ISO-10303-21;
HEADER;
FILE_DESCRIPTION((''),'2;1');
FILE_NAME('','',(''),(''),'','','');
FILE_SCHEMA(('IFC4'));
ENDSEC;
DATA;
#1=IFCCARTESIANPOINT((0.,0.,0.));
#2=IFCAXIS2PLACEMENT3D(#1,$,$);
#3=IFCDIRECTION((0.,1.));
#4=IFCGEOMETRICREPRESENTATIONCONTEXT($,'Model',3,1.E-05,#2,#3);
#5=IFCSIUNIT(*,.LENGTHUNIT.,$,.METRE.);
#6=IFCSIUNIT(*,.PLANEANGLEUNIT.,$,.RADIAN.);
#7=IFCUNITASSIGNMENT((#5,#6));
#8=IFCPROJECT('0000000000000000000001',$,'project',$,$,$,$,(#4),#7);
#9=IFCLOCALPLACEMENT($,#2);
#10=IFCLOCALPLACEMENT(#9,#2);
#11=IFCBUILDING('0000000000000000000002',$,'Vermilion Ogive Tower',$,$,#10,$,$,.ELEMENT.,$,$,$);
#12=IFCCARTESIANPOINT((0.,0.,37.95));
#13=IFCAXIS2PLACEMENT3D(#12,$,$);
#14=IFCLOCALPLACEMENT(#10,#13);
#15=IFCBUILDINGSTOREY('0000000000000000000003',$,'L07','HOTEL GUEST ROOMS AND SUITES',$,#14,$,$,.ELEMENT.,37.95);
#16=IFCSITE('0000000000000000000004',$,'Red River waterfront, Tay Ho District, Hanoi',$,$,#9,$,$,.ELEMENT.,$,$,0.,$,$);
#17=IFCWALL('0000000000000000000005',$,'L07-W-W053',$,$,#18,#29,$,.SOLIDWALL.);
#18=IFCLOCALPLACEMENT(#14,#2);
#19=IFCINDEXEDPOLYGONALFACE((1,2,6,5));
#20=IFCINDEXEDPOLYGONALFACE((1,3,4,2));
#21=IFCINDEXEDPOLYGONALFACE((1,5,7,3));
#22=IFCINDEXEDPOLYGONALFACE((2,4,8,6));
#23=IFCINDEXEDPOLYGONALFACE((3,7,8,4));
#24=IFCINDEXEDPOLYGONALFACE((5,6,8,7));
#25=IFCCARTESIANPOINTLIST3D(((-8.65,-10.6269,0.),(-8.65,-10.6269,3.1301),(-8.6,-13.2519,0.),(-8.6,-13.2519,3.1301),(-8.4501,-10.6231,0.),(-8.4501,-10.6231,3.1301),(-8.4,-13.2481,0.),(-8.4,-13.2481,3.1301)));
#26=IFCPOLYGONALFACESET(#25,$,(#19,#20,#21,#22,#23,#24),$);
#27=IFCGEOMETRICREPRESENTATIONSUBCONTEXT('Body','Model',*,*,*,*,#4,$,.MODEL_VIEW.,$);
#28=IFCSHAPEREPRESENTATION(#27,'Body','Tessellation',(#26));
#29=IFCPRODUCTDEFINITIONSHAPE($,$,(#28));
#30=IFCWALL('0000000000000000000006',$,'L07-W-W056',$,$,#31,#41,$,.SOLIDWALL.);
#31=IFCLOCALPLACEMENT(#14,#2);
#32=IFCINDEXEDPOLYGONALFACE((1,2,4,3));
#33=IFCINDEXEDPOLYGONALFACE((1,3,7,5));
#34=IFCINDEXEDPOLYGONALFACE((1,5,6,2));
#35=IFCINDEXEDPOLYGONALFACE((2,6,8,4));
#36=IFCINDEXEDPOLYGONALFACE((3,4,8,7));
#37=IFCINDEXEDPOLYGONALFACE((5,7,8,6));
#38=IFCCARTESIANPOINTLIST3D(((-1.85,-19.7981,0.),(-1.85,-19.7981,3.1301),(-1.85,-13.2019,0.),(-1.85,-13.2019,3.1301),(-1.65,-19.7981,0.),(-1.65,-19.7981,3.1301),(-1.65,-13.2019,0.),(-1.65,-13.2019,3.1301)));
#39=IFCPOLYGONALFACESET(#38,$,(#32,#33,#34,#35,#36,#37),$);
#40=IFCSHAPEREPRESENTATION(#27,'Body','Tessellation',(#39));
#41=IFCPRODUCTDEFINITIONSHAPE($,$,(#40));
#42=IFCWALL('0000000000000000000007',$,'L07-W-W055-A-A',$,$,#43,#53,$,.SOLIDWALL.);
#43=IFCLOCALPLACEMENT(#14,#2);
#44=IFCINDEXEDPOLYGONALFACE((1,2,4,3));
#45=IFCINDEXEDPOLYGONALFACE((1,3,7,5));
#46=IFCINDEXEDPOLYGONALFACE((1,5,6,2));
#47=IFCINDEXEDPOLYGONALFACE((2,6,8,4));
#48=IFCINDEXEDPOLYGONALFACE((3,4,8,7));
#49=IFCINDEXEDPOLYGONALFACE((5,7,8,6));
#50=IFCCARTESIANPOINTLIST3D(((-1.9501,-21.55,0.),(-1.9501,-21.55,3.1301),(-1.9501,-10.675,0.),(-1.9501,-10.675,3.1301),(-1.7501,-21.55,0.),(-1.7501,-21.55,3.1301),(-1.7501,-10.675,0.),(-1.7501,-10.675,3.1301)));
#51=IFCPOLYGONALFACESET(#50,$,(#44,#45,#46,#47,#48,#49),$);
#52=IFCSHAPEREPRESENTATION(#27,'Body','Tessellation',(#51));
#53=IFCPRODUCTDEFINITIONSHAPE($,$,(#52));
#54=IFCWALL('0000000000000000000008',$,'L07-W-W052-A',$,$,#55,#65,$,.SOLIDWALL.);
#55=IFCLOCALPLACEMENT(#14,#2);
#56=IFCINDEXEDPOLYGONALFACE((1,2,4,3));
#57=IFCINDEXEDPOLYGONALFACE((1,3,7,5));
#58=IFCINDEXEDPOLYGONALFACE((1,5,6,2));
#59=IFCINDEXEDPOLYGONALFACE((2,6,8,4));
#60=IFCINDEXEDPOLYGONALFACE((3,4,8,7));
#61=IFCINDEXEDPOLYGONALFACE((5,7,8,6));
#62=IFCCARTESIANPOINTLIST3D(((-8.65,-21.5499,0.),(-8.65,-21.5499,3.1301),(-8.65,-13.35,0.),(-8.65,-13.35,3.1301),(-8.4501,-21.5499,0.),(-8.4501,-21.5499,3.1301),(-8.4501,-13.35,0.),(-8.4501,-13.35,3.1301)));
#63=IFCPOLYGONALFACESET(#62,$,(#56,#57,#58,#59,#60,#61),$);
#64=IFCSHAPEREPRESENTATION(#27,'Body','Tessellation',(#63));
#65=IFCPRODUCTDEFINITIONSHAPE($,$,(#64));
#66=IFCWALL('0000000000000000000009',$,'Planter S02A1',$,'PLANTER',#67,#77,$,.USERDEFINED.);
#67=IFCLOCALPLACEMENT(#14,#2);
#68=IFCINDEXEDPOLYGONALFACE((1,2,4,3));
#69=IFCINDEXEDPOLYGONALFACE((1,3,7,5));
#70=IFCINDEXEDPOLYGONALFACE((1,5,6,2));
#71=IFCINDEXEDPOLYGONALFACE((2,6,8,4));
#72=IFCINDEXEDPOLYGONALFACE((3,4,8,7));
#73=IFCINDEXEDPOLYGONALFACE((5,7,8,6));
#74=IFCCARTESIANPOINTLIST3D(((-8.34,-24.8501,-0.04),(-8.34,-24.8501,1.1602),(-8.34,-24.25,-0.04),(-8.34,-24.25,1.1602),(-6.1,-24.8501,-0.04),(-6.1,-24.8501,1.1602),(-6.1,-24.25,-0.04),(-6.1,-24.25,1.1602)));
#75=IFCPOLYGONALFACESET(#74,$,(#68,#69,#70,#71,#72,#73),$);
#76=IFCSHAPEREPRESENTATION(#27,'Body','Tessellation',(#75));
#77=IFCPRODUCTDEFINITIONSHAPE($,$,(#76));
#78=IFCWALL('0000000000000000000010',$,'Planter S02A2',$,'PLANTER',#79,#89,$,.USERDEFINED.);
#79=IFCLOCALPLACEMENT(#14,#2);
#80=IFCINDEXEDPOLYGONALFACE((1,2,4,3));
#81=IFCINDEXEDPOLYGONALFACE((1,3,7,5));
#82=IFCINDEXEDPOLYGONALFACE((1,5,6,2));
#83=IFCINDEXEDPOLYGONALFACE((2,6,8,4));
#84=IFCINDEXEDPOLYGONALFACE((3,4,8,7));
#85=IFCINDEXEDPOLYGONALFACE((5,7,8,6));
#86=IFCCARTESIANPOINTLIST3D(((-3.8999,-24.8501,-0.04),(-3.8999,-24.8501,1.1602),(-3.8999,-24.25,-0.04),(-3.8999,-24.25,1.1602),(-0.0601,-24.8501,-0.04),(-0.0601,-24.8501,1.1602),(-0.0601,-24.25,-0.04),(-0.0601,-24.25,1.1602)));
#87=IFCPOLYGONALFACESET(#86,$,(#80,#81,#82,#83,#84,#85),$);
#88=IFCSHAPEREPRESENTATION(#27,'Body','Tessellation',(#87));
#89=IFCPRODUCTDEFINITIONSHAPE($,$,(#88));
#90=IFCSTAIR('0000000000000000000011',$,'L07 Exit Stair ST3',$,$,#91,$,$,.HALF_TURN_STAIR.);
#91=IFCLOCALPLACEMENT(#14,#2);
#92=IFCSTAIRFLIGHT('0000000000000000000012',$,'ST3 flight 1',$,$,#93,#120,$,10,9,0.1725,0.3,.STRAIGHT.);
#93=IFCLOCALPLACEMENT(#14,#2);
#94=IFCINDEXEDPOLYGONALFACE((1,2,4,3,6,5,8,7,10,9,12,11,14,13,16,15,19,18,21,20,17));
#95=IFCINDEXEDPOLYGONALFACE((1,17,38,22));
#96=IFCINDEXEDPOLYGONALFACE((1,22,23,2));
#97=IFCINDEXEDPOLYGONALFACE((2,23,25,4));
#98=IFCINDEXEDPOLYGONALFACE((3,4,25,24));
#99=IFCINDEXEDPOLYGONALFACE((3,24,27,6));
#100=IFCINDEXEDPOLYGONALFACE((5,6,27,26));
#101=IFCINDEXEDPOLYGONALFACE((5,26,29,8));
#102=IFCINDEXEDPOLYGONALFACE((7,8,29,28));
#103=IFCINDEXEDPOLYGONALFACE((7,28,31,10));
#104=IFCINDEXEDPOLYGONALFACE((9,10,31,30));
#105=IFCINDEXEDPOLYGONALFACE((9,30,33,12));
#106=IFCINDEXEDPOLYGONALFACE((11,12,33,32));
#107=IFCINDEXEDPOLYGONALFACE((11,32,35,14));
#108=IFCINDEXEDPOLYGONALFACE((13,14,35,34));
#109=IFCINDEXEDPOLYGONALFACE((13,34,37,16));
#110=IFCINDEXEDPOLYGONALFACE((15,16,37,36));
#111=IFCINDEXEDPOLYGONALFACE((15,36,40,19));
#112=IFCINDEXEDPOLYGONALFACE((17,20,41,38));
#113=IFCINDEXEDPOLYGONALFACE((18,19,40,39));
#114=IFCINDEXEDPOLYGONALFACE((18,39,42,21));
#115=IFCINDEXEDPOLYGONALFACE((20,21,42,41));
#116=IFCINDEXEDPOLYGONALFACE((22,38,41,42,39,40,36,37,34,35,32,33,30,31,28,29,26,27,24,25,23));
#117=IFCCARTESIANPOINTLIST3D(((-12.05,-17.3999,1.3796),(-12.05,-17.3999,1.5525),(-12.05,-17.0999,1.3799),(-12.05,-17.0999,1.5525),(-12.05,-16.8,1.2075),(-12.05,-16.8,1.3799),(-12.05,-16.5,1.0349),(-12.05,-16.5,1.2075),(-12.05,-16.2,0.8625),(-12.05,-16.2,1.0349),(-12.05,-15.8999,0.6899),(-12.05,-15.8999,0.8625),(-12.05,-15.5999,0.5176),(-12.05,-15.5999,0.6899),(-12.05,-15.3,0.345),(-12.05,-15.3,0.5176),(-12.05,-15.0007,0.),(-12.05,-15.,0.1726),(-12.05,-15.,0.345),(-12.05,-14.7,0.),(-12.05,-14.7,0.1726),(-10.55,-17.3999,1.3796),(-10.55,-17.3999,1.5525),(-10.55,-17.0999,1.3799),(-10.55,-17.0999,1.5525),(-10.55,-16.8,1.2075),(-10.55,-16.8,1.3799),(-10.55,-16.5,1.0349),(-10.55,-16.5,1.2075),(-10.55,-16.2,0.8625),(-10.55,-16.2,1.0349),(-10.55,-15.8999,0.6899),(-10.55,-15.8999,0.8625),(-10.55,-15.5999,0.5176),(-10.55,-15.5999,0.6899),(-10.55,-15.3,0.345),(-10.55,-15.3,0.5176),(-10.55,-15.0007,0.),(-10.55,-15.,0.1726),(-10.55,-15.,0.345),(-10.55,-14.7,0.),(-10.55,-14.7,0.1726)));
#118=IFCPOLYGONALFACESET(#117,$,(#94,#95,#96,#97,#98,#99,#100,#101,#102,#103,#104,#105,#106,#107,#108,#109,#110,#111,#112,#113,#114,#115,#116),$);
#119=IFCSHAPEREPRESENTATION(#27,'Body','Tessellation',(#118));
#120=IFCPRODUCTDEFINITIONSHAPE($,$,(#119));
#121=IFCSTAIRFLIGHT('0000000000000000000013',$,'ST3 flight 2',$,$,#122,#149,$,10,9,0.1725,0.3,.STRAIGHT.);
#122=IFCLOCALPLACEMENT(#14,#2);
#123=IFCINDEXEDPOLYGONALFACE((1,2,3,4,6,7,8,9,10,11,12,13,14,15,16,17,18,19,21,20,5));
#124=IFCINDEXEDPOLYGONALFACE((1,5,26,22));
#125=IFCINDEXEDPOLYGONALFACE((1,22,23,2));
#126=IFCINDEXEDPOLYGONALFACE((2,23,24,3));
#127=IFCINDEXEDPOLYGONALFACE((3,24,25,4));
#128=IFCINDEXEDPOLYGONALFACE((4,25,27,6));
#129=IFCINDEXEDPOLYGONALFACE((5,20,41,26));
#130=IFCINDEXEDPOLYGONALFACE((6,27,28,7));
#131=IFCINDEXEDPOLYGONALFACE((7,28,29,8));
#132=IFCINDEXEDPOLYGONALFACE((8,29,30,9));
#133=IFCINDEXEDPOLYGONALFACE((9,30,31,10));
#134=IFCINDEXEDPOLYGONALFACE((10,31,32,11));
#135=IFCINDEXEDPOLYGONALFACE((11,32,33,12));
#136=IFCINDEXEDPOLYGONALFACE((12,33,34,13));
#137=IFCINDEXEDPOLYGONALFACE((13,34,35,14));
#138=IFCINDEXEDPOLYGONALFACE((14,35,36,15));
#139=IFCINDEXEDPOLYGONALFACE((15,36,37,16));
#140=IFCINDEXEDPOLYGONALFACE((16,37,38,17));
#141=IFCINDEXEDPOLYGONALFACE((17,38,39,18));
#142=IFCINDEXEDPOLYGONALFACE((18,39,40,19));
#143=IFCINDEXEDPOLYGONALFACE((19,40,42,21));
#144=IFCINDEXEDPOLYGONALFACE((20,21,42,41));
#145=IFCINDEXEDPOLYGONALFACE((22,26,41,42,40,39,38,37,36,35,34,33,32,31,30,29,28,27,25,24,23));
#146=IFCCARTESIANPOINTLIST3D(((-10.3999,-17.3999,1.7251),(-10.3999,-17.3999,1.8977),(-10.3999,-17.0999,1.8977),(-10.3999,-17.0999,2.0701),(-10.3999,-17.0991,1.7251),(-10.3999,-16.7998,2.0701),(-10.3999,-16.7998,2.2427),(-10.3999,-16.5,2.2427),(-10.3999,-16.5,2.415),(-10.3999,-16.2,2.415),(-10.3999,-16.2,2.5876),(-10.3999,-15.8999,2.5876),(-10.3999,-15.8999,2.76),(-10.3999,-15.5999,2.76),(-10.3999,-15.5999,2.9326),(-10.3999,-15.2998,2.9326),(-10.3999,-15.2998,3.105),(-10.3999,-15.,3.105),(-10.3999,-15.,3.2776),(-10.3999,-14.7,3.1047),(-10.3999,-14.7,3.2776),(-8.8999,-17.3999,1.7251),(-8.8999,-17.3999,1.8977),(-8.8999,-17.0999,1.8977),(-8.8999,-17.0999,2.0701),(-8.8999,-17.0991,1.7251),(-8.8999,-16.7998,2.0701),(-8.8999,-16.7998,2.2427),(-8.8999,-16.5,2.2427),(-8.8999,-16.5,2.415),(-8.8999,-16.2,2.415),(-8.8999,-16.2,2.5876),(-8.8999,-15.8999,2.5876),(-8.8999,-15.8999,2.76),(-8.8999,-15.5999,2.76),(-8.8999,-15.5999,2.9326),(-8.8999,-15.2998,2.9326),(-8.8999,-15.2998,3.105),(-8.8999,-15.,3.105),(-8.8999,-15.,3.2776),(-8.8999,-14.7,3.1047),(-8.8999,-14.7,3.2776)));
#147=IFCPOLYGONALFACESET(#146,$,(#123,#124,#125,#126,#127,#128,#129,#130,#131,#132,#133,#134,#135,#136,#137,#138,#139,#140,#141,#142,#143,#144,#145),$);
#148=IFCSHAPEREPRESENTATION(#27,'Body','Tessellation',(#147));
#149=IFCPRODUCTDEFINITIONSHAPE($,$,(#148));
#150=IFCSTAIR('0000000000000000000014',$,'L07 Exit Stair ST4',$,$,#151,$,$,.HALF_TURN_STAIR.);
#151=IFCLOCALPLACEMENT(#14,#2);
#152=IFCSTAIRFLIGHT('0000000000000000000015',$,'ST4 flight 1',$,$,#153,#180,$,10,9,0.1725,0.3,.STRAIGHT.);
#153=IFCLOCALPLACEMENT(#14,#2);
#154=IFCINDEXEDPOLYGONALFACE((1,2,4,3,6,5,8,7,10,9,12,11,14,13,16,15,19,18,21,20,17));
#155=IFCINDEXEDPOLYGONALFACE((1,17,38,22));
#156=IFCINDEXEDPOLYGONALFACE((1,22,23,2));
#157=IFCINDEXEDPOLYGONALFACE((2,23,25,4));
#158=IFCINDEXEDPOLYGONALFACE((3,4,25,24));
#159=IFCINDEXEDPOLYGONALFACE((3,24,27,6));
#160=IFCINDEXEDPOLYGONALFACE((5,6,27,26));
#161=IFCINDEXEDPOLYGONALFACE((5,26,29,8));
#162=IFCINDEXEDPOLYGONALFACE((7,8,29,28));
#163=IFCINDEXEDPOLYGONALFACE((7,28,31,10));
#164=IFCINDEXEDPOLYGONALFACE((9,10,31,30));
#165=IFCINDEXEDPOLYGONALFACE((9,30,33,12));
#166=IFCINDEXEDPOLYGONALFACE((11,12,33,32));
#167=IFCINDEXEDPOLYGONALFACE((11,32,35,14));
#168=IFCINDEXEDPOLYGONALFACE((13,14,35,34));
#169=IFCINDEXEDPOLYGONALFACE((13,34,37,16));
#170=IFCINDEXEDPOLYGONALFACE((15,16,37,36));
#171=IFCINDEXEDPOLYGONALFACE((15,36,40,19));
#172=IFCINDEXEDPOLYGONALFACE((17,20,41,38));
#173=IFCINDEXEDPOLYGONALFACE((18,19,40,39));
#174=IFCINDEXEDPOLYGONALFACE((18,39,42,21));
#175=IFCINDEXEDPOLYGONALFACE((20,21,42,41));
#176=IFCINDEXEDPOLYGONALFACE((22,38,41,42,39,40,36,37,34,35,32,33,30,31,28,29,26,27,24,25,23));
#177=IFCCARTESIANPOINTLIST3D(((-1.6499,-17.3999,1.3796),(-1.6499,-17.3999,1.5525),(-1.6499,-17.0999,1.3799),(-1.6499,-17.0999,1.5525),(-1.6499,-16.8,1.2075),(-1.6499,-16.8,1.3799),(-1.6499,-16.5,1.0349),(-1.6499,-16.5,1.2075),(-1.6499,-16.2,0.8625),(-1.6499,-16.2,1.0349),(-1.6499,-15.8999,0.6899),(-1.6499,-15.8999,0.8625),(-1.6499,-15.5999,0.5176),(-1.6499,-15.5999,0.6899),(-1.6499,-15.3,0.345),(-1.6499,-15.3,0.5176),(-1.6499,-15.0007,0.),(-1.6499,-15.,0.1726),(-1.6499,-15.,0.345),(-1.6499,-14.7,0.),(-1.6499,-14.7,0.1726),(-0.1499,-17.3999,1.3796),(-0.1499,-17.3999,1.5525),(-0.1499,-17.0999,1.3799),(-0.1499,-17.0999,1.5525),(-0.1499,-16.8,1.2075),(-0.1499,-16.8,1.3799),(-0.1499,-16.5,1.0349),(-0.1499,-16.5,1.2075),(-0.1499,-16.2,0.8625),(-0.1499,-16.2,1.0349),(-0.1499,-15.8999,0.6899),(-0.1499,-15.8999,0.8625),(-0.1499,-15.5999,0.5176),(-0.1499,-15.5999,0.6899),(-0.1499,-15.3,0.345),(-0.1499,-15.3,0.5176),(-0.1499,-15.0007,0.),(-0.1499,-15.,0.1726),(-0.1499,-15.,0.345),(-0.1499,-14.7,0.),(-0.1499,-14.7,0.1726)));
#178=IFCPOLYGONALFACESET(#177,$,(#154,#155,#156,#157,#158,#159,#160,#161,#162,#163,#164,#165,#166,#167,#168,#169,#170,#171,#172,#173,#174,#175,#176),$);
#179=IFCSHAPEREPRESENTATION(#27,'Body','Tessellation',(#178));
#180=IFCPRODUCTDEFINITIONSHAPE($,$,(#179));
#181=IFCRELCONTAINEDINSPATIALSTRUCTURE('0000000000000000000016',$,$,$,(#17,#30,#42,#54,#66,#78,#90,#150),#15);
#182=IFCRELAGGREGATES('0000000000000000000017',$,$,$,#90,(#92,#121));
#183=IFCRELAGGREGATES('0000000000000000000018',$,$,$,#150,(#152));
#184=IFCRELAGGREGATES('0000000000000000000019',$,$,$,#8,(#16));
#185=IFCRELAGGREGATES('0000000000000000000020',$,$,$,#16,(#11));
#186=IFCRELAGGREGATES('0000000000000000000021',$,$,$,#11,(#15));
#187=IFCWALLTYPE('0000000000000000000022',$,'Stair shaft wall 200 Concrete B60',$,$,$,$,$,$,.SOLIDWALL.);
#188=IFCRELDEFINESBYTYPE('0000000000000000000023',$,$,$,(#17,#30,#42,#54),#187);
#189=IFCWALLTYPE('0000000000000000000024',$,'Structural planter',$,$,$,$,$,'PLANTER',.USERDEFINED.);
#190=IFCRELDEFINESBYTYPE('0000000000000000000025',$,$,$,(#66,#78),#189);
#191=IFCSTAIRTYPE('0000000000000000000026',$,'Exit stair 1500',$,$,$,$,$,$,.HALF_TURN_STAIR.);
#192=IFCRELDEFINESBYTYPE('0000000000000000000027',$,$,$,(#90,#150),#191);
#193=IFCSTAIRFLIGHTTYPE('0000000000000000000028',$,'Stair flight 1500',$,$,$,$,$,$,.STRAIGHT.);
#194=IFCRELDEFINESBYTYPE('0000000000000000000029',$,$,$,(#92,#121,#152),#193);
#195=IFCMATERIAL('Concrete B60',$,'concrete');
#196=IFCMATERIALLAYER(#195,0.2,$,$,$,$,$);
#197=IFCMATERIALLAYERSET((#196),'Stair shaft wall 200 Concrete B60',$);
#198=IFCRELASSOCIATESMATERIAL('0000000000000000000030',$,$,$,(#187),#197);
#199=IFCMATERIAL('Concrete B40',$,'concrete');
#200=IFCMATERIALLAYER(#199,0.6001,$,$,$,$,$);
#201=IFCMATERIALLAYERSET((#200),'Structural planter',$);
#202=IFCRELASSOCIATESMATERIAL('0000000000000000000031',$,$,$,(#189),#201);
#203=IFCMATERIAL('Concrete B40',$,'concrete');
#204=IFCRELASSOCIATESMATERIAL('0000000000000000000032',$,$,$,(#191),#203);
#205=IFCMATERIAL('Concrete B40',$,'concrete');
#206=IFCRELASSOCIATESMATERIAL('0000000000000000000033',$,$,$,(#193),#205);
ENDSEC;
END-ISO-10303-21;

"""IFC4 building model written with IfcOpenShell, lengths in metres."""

from ifc_helpers import new_model, si_unit, direction, frame, frame_2d, origin, place, context, subcontext, project, spatial, polyline, rectangle, outline, extrude, material, layer, layer_set, type_object, element, aggregate, save


model = new_model("IFC4")

# Units and contexts
model_context = context("Model", 3, precision=1e-05, world=origin(), true_north=direction((0.0, 1.0)))
body_context = subcontext(model_context, "Body", "Model", "MODEL_VIEW")
ifc_project = project(units=[si_unit("LENGTHUNIT", "METRE"), si_unit("PLANEANGLEUNIT", "RADIAN")], contexts=[model_context])

# Site, building, storey
site_placement = place(None, origin())
site = spatial("IfcSite", under=ifc_project, at=site_placement, Name="Red River waterfront, Tay Ho District, Hanoi", CompositionType="ELEMENT", RefElevation=0.0)
building_placement = place(site_placement, origin())
building = spatial("IfcBuilding", under=site, at=building_placement, Name="Vermilion Ogive Tower", CompositionType="ELEMENT")
storey_placement = place(building_placement, frame((0.0, 0.0, 37.95)))
storey = spatial("IfcBuildingStorey", under=building, at=storey_placement, Name="L07", Description="HOTEL GUEST ROOMS AND SUITES", CompositionType="ELEMENT", Elevation=37.95)

# Shared definitions
ifc_material_1 = material(Name="Concrete B60", Category="concrete")
ifc_layer_1 = layer(ifc_material_1, 0.2)
ifc_layer_set_1 = layer_set([ifc_layer_1], Name="Stair shaft wall 200 Concrete B60")
wall_type_1 = type_object("IfcWallType", Name="Stair shaft wall 200 Concrete B60", PredefinedType="SOLIDWALL", material=ifc_layer_set_1)

# Walls
wall_1_placement = place(storey_placement, frame((-8.5, -13.25, 0.0), z_axis=(0.0, 0.0, 1.0), x_axis=(-0.019063, 0.999818, 0.0)))
element("IfcWall", 1, at=wall_1_placement, inside=storey, type_object=wall_type_1, Name="L07-W-W053", PredefinedType="SOLIDWALL", context=body_context, shape_type="SweptSolid", body=[
    extrude(rectangle(XDim=2.6255, YDim=0.2, at=frame_2d((1.3127, 0.0))), origin(), (0.0, 0.0, 1.0), 3.1301),
])
wall_2_placement = place(storey_placement, frame((-1.75, -19.7981, 0.0), z_axis=(0.0, 0.0, 1.0), x_axis=(0.0, 1.0, 0.0)))
element("IfcWall", 2, at=wall_2_placement, inside=storey, type_object=wall_type_1, Name="L07-W-W056", PredefinedType="SOLIDWALL", context=body_context, shape_type="SweptSolid", body=[
    extrude(rectangle(XDim=6.5962, YDim=0.2, at=frame_2d((3.2981, 0.0))), origin(), (0.0, 0.0, 1.0), 3.1301),
])
wall_3_placement = place(storey_placement, frame((-1.8501, -21.55, 0.0), z_axis=(0.0, 0.0, 1.0), x_axis=(0.0, 1.0, 0.0)))
element("IfcWall", 3, at=wall_3_placement, inside=storey, type_object=wall_type_1, Name="L07-W-W055-A-A", PredefinedType="SOLIDWALL", context=body_context, shape_type="SweptSolid", body=[
    extrude(rectangle(XDim=10.875, YDim=0.2, at=frame_2d((5.4375, 0.0))), origin(), (0.0, 0.0, 1.0), 3.1301),
])
wall_4_placement = place(storey_placement, frame((-8.55, -21.55, 0.0), z_axis=(0.0, 0.0, 1.0), x_axis=(0.0, 1.0, 0.0)))
element("IfcWall", 4, at=wall_4_placement, inside=storey, type_object=wall_type_1, Name="L07-W-W052-A", PredefinedType="SOLIDWALL", context=body_context, shape_type="SweptSolid", body=[
    extrude(rectangle(XDim=8.2, YDim=0.2, at=frame_2d((4.1001, 0.0))), origin(), (0.0, 0.0, 1.0), 3.1301),
])
ifc_material_2 = material(Name="Concrete B40", Category="concrete")
ifc_layer_2 = layer(ifc_material_2, 0.6001)
ifc_layer_set_2 = layer_set([ifc_layer_2], Name="Structural planter")
wall_type_2 = type_object("IfcWallType", Name="Structural planter", ElementType="PLANTER", PredefinedType="USERDEFINED", material=ifc_layer_set_2)
wall_5_placement = place(storey_placement, frame((-8.3401, -24.55, -0.04), z_axis=(0.0, 0.0, 1.0), x_axis=(1.0, 0.0, 0.0)))
element("IfcWall", 5, at=wall_5_placement, inside=storey, type_object=wall_type_2, Name="Planter S02A1", ObjectType="PLANTER", PredefinedType="USERDEFINED", context=body_context, shape_type="SweptSolid", body=[
    extrude(rectangle(XDim=2.24, YDim=0.6001, at=frame_2d((1.1201, 0.0))), origin(), (0.0, 0.0, 1.0), 1.2002),
])
wall_6_placement = place(storey_placement, frame((-3.8999, -24.55, -0.04), z_axis=(0.0, 0.0, 1.0), x_axis=(1.0, 0.0, 0.0)))
element("IfcWall", 6, at=wall_6_placement, inside=storey, type_object=wall_type_2, Name="Planter S02A2", ObjectType="PLANTER", PredefinedType="USERDEFINED", context=body_context, shape_type="SweptSolid", body=[
    extrude(rectangle(XDim=3.8398, YDim=0.6001, at=frame_2d((1.9199, 0.0))), origin(), (0.0, 0.0, 1.0), 1.2002),
])

# Stair, stair flights
ifc_material_3 = material(Name="Concrete B40", Category="concrete")
stair_type = type_object("IfcStairType", Name="Exit stair 1500", PredefinedType="HALF_TURN_STAIR", material=ifc_material_3)
stair_1_placement = place(storey_placement, origin())
stair_1 = element("IfcStair", 7, at=stair_1_placement, inside=storey, type_object=stair_type, Name="L07 Exit Stair ST3", PredefinedType="HALF_TURN_STAIR")
ifc_material_4 = material(Name="Concrete B40", Category="concrete")
stair_flight_type = type_object("IfcStairFlightType", Name="Stair flight 1500", PredefinedType="STRAIGHT", material=ifc_material_4)
stair_flight_1_placement = place(storey_placement, frame((-11.3, -14.7, 0.0), z_axis=(0.0, 0.0, 1.0), x_axis=(0.0, -1.0, 0.0)))
stair_flight_1 = element("IfcStairFlight", 8, at=stair_flight_1_placement, type_object=stair_flight_type, Name="ST3 flight 1", NumberOfRisers=10, NumberOfTreads=9, PredefinedType="STRAIGHT", RiserHeight=0.1725, TreadLength=0.3, context=body_context, shape_type="SweptSolid", body=[
    extrude(outline(polyline([(0.0, 0.0), (0.0, 0.1726), (0.3, 0.1726), (0.3, 0.345), (0.6001, 0.345), (0.6001, 0.5176), (0.8999, 0.5176), (0.8999, 0.6899), (1.2, 0.6899), (1.2, 0.8625), (1.5, 0.8625), (1.5, 1.0349), (1.8, 1.0349), (1.8, 1.2075), (2.1001, 1.2075), (2.1001, 1.3799), (2.3999, 1.3799), (2.3999, 1.5525), (2.7, 1.5525), (2.7, 1.7251), (2.7, 1.3796), (0.3008, 0.0), (0.0, 0.0)])), frame((0.0, 0.75, 0.0), z_axis=(0.0, -1.0, 0.0), x_axis=(1.0, 0.0, 0.0)), (0.0, 0.0, 1.0), 1.5),
])
stair_flight_2_placement = place(storey_placement, frame((-9.6499, -17.3999, 1.7251), z_axis=(0.0, 0.0, 1.0), x_axis=(0.0, 1.0, 0.0)))
stair_flight_2 = element("IfcStairFlight", 9, at=stair_flight_2_placement, type_object=stair_flight_type, Name="ST3 flight 2", NumberOfRisers=10, NumberOfTreads=9, PredefinedType="STRAIGHT", RiserHeight=0.1725, TreadLength=0.3, context=body_context, shape_type="SweptSolid", body=[
    extrude(outline(polyline([(0.0, 0.0), (0.0, 0.1726), (0.3, 0.1726), (0.3, 0.345), (0.6001, 0.345), (0.6001, 0.5176), (0.8999, 0.5176), (0.8999, 0.6899), (1.2, 0.6899), (1.2, 0.8625), (1.5, 0.8625), (1.5, 1.0349), (1.8, 1.0349), (1.8, 1.2075), (2.1001, 1.2075), (2.1001, 1.3799), (2.3999, 1.3799), (2.3999, 1.5525), (2.7, 1.5525), (2.7, 1.7251), (2.7, 1.3796), (0.3008, 0.0), (0.0, 0.0)])), frame((0.0, 0.75, 0.0), z_axis=(0.0, -1.0, 0.0), x_axis=(1.0, 0.0, 0.0)), (0.0, 0.0, 1.0), 1.5),
])
aggregate(stair_1, [stair_flight_1, stair_flight_2])

# Stair, stair flight
stair_2_placement = place(storey_placement, origin())
stair_2 = element("IfcStair", 10, at=stair_2_placement, inside=storey, type_object=stair_type, Name="L07 Exit Stair ST4", PredefinedType="HALF_TURN_STAIR")
stair_flight_3_placement = place(storey_placement, frame((-0.8999, -14.7, 0.0), z_axis=(0.0, 0.0, 1.0), x_axis=(0.0, -1.0, 0.0)))
stair_flight_3 = element("IfcStairFlight", 11, at=stair_flight_3_placement, type_object=stair_flight_type, Name="ST4 flight 1", NumberOfRisers=10, NumberOfTreads=9, PredefinedType="STRAIGHT", RiserHeight=0.1725, TreadLength=0.3, context=body_context, shape_type="SweptSolid", body=[
    extrude(outline(polyline([(0.0, 0.0), (0.0, 0.1726), (0.3, 0.1726), (0.3, 0.345), (0.6001, 0.345), (0.6001, 0.5176), (0.8999, 0.5176), (0.8999, 0.6899), (1.2, 0.6899), (1.2, 0.8625), (1.5, 0.8625), (1.5, 1.0349), (1.8, 1.0349), (1.8, 1.2075), (2.1001, 1.2075), (2.1001, 1.3799), (2.3999, 1.3799), (2.3999, 1.5525), (2.7, 1.5525), (2.7, 1.7251), (2.7, 1.3796), (0.3008, 0.0), (0.0, 0.0)])), frame((0.0, 0.75, 0.0), z_axis=(0.0, -1.0, 0.0), x_axis=(1.0, 0.0, 0.0)), (0.0, 0.0, 1.0), 1.5),
])
aggregate(stair_2, [stair_flight_3])

save(model, "model.ifc")
